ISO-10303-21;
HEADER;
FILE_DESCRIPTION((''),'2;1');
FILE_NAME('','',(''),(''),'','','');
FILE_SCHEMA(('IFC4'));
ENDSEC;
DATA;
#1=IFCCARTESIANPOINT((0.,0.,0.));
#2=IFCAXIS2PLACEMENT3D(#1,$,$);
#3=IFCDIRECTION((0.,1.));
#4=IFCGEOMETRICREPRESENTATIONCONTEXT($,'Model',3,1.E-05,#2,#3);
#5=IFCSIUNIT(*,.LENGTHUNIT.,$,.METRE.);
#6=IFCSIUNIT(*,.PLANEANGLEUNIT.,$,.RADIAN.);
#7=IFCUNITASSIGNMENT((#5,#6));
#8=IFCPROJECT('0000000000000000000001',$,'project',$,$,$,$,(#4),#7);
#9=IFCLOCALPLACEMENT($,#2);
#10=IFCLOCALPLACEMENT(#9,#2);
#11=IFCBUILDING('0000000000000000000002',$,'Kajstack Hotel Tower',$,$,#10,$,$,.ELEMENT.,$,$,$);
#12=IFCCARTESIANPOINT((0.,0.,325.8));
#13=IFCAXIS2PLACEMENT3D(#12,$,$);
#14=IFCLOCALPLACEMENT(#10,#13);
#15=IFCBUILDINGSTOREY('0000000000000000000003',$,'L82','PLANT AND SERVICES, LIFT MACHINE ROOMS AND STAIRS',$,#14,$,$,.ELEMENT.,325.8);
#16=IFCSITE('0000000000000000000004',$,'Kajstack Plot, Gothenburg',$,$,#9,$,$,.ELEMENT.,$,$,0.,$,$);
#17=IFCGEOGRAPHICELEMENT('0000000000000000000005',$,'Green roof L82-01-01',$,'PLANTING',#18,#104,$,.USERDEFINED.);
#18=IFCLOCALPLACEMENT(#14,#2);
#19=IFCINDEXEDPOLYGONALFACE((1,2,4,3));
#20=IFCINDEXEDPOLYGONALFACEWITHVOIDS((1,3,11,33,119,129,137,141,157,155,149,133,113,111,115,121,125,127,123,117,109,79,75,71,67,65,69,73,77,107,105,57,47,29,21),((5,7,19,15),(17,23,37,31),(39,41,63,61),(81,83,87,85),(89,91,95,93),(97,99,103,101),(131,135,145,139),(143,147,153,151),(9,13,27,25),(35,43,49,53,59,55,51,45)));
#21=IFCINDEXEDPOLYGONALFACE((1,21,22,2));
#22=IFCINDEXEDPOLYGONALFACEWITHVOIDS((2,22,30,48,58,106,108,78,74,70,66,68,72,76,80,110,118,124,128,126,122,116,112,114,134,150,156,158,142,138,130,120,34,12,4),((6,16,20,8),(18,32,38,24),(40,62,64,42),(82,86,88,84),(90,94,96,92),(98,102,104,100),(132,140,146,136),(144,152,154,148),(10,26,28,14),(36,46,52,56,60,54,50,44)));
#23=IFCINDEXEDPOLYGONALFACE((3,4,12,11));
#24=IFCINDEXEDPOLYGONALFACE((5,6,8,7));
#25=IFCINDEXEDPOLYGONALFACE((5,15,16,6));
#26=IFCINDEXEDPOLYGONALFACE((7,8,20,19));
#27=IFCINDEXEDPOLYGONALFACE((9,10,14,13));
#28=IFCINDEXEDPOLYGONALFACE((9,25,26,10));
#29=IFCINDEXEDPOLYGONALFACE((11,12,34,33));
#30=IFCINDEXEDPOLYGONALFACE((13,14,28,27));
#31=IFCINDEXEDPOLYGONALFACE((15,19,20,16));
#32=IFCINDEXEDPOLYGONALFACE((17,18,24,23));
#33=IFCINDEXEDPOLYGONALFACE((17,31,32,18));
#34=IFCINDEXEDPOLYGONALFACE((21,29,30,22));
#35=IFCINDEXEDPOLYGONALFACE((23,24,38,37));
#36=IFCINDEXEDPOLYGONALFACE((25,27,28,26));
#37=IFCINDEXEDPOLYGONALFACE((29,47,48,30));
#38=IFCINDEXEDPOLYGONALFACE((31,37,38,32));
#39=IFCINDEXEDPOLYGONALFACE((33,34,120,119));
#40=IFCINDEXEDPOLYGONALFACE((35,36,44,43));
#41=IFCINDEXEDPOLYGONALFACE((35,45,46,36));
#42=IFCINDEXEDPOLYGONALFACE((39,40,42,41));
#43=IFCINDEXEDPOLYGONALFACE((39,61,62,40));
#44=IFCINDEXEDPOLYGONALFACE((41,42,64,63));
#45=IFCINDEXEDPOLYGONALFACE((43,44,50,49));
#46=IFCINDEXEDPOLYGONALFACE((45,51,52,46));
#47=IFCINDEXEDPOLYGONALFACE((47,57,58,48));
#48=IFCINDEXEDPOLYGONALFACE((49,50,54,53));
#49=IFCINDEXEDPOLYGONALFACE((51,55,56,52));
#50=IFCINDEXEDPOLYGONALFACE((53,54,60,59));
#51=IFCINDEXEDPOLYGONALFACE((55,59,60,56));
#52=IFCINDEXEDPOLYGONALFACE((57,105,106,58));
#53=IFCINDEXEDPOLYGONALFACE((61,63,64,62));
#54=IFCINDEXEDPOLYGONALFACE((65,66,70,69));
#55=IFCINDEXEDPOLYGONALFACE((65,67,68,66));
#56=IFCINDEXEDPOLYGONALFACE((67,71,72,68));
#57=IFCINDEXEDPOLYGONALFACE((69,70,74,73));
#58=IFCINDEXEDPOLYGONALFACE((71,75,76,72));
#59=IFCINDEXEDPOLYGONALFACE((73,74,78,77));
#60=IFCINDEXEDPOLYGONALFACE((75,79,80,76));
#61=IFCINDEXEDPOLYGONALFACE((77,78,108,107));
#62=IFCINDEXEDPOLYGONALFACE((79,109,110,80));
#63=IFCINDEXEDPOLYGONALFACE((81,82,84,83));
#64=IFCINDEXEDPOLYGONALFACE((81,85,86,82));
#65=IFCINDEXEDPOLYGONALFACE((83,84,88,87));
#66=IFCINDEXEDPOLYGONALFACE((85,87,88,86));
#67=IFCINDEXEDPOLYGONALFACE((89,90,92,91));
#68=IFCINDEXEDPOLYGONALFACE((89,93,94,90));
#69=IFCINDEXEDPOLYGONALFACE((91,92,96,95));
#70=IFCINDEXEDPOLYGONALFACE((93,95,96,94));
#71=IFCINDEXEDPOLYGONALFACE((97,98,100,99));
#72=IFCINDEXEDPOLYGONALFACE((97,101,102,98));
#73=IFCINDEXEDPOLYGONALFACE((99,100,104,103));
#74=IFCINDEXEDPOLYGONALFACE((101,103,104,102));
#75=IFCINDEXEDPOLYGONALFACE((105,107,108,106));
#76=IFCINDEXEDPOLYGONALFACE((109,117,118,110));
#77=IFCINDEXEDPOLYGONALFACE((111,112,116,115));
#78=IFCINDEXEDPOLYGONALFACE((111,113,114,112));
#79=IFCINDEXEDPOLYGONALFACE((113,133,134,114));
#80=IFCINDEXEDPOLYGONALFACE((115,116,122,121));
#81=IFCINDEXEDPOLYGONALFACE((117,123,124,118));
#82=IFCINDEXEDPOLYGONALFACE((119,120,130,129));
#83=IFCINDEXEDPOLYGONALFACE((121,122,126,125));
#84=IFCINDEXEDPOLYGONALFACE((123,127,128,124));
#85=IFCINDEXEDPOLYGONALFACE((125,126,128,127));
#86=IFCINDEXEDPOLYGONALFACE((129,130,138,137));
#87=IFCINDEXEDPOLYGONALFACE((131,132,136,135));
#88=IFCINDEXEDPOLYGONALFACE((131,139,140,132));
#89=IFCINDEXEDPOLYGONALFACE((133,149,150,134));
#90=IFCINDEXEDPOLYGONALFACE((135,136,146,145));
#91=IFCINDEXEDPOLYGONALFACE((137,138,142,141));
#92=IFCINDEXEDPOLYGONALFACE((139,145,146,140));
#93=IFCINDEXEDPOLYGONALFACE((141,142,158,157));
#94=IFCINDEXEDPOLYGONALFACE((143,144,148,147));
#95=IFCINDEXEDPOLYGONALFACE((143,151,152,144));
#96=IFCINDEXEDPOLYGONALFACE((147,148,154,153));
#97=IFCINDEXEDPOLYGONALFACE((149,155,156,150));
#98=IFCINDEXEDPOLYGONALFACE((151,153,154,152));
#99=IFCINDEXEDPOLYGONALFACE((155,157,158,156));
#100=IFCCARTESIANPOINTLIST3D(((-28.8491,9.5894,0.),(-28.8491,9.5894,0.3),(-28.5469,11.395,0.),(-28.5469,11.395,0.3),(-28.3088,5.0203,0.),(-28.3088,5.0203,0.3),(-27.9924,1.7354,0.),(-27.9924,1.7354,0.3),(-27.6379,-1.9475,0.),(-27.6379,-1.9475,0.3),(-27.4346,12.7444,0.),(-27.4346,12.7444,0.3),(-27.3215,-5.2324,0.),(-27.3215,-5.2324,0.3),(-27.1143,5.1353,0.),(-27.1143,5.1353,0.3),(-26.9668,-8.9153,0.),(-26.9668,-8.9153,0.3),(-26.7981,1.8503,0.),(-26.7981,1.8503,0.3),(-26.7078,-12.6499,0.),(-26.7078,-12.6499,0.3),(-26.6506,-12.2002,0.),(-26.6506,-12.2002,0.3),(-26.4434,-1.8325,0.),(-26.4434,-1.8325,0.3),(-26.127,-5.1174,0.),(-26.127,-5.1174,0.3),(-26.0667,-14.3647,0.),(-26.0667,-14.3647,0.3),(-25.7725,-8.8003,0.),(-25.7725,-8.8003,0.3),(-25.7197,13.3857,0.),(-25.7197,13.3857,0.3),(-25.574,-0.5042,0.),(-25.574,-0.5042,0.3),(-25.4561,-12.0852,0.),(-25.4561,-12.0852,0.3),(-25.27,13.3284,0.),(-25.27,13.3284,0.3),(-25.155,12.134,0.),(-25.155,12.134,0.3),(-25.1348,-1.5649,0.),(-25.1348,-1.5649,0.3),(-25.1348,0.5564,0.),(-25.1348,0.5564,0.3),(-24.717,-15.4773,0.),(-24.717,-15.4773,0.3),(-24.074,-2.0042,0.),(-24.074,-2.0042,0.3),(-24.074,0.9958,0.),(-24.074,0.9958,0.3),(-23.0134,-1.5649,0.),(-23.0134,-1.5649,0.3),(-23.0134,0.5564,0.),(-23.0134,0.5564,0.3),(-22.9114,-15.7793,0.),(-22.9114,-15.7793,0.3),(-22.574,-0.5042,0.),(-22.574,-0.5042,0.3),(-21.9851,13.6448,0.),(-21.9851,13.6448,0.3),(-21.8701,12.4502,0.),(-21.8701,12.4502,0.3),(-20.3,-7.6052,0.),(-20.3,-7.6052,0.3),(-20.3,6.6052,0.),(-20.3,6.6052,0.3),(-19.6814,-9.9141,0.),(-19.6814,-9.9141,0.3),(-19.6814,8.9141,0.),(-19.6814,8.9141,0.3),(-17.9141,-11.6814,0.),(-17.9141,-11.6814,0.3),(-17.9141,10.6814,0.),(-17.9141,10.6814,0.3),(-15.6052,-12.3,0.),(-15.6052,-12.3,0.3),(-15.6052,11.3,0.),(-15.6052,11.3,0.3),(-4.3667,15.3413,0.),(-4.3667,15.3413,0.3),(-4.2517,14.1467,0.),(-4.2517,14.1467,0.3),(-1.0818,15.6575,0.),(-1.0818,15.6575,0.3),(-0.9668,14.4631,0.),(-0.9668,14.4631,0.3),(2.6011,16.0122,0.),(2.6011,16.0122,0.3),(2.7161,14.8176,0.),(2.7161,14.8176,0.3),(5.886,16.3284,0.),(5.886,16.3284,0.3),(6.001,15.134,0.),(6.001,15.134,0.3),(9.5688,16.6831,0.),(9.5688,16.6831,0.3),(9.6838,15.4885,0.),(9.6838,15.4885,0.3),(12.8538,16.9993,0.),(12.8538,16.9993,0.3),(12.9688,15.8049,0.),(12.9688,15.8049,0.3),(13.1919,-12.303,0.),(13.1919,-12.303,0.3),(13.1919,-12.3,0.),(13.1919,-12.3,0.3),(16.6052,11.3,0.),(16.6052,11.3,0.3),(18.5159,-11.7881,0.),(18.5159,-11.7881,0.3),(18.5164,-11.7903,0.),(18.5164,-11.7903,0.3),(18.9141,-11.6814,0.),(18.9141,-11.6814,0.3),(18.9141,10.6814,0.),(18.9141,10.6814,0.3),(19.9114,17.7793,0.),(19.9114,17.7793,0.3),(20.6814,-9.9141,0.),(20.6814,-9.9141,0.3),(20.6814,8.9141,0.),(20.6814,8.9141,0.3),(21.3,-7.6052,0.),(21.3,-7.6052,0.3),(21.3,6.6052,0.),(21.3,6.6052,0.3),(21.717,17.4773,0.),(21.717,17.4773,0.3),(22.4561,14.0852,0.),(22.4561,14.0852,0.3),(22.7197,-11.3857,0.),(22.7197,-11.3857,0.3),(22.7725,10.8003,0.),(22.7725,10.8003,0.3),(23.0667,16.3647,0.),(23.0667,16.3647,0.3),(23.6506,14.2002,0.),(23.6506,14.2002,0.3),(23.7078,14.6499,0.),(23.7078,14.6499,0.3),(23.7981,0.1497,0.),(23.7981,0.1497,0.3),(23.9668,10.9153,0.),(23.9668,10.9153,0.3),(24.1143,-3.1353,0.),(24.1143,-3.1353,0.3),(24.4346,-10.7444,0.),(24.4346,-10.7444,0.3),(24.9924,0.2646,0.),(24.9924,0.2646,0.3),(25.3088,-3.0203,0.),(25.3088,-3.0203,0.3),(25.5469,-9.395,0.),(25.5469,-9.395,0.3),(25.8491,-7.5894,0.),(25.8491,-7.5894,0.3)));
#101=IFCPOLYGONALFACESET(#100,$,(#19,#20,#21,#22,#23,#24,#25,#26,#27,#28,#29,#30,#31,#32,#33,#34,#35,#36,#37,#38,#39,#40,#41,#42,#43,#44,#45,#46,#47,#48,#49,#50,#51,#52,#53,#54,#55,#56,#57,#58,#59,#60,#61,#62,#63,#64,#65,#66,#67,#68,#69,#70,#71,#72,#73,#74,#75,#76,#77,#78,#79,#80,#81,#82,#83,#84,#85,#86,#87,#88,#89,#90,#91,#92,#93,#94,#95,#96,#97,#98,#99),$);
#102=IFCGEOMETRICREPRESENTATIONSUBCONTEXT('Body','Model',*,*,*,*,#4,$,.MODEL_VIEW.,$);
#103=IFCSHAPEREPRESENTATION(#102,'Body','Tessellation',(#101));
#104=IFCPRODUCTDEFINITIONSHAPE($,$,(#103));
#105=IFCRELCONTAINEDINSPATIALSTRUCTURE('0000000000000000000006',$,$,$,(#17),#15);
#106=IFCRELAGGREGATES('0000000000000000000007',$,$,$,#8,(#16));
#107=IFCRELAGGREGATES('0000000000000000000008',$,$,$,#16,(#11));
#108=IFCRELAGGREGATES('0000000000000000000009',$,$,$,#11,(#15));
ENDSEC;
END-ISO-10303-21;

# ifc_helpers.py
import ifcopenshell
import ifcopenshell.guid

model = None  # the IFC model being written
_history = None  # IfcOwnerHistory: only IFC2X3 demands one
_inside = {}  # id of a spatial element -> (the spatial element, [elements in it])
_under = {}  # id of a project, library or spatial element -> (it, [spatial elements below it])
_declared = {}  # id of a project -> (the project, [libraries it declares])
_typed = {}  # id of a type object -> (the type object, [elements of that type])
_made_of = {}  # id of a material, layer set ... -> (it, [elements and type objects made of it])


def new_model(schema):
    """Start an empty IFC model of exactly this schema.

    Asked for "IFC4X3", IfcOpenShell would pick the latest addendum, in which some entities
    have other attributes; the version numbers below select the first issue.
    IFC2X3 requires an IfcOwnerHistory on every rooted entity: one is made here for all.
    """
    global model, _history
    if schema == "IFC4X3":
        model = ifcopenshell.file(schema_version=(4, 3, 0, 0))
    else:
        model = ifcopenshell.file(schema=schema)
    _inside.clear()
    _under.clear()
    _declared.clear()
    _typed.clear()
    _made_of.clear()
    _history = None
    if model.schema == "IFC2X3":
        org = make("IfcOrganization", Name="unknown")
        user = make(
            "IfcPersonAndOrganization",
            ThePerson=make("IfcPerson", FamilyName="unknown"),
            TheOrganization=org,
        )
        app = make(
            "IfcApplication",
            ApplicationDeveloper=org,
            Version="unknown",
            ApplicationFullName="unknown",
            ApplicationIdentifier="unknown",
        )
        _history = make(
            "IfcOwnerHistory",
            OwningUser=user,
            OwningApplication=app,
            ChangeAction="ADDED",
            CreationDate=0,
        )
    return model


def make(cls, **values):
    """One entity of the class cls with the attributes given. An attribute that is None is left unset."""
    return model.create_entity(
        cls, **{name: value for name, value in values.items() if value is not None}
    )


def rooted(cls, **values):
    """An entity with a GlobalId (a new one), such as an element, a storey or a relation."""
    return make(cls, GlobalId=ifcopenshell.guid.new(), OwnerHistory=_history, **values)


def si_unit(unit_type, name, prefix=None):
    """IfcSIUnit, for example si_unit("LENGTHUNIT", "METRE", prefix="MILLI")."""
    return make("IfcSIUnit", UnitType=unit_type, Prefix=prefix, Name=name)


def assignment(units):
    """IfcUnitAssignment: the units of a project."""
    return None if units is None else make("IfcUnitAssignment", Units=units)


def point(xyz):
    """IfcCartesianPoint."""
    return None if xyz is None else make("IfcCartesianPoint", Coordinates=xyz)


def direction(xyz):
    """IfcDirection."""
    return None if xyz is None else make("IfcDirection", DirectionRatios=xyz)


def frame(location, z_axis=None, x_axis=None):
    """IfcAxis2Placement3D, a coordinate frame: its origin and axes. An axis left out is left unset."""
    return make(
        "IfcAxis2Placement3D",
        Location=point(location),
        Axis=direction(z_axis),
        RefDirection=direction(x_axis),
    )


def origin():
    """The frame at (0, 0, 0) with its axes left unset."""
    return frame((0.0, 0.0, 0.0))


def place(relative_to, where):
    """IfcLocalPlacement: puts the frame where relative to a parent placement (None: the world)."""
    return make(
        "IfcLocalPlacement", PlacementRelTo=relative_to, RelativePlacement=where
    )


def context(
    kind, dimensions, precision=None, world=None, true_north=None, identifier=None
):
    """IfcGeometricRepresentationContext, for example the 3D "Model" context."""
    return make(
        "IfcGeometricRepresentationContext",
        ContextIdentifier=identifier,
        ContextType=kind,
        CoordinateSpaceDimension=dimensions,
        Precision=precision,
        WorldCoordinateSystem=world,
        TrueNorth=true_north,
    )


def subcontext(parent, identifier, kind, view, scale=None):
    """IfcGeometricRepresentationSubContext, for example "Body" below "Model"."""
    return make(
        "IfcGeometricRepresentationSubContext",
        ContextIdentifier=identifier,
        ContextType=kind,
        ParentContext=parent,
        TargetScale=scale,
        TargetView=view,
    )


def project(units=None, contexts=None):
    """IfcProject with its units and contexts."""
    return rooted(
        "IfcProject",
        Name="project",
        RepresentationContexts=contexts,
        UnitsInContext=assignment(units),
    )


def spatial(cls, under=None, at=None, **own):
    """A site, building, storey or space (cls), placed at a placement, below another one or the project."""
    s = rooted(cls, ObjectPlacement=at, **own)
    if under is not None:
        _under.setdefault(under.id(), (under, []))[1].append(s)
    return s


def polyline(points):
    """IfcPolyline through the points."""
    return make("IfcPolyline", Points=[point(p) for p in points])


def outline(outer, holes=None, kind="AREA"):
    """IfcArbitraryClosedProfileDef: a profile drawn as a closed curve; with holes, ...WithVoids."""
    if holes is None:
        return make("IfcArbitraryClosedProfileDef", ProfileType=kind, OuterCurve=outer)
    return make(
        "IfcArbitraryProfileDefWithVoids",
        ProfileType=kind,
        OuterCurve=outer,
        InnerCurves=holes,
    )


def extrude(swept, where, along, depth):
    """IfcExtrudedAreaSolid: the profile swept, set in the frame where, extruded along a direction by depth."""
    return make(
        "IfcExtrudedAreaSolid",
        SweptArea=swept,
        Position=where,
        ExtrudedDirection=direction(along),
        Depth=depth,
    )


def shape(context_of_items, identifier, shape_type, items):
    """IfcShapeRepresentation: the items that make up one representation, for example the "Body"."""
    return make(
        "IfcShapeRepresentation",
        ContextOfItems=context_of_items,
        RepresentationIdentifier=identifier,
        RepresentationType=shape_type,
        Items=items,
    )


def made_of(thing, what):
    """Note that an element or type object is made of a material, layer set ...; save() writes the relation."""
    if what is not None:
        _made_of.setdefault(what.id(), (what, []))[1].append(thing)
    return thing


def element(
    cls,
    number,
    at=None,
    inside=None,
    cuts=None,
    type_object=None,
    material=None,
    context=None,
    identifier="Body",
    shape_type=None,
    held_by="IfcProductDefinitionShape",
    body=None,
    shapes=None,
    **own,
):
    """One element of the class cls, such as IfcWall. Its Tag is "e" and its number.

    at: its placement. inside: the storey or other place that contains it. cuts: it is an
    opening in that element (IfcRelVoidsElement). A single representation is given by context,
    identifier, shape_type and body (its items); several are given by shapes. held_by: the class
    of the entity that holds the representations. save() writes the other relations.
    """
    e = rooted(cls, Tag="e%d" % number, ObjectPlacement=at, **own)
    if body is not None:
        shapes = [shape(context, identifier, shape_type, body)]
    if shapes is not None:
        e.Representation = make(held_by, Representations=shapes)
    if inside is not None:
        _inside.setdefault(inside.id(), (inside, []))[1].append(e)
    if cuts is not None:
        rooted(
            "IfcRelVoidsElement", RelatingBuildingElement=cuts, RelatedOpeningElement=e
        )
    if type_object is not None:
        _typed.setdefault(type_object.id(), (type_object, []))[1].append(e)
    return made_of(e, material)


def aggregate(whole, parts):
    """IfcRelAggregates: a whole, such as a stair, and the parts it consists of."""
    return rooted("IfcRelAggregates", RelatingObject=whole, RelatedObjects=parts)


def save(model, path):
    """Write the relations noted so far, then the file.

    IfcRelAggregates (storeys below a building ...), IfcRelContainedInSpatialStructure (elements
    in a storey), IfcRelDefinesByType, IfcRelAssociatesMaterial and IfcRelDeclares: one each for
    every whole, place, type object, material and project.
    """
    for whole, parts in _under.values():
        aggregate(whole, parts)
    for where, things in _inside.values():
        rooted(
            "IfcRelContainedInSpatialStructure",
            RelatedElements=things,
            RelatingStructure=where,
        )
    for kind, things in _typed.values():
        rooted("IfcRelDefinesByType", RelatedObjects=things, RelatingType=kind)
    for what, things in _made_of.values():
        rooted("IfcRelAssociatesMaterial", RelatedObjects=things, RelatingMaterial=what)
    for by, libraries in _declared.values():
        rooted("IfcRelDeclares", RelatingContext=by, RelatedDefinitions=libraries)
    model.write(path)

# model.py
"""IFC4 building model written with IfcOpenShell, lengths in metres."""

from ifc_helpers import new_model, si_unit, direction, frame, origin, place, context, subcontext, project, spatial, polyline, outline, extrude, element, save


model = new_model("IFC4")

# Units and contexts
model_context = context("Model", 3, precision=1e-05, world=origin(), true_north=direction((0.0, 1.0)))
body_context = subcontext(model_context, "Body", "Model", "MODEL_VIEW")
ifc_project = project(units=[si_unit("LENGTHUNIT", "METRE"), si_unit("PLANEANGLEUNIT", "RADIAN")], contexts=[model_context])

# Site, building, storey
site_placement = place(None, origin())
site = spatial("IfcSite", under=ifc_project, at=site_placement, Name="Kajstack Plot, Gothenburg", CompositionType="ELEMENT", RefElevation=0.0)
building_placement = place(site_placement, origin())
building = spatial("IfcBuilding", under=site, at=building_placement, Name="Kajstack Hotel Tower", CompositionType="ELEMENT")
storey_placement = place(building_placement, frame((0.0, 0.0, 325.8)))
storey = spatial("IfcBuildingStorey", under=building, at=storey_placement, Name="L82", Description="PLANT AND SERVICES, LIFT MACHINE ROOMS AND STAIRS", CompositionType="ELEMENT", Elevation=325.8)

# Geographic element
geographic_element_placement = place(storey_placement, origin())
element("IfcGeographicElement", 1, at=geographic_element_placement, inside=storey, Name="Green roof L82-01-01", ObjectType="PLANTING", PredefinedType="USERDEFINED", context=body_context, shape_type="SweptSolid", body=[
    extrude(outline(polyline([(22.7197, -11.3857), (24.4346, -10.7444), (25.5469, -9.395), (25.8491, -7.5894), (23.7078, 14.6499), (23.0667, 16.3647), (21.717, 17.4773), (19.9114, 17.7793), (-25.7197, 13.3857), (-27.4346, 12.7444), (-28.5469, 11.395), (-28.8491, 9.5894), (-26.7078, -12.6499), (-26.0667, -14.3647), (-24.717, -15.4773), (-22.9114, -15.7793), (13.1919, -12.303), (13.1919, -12.3), (-15.6052, -12.3), (-17.9141, -11.6814), (-19.6814, -9.9141), (-20.3, -7.6052), (-20.3, 6.6052), (-19.6814, 8.9141), (-17.9141, 10.6814), (-15.6052, 11.3), (16.6052, 11.3), (18.9141, 10.6814), (20.6814, 8.9141), (21.3, 6.6052), (21.3, -7.6052), (20.6814, -9.9141), (18.9141, -11.6814), (18.5159, -11.7881), (18.5164, -11.7903), (22.7197, -11.3857)]), holes=[polyline([(24.1143, -3.1353), (23.7981, 0.1497), (24.9924, 0.2646), (25.3088, -3.0203), (24.1143, -3.1353)]), polyline([(23.9668, 10.9153), (22.7725, 10.8003), (22.4561, 14.0852), (23.6506, 14.2002), (23.9668, 10.9153)]), polyline([(9.5688, 16.6831), (12.8538, 16.9993), (12.9688, 15.8049), (9.6838, 15.4885), (9.5688, 16.6831)]), polyline([(2.7161, 14.8176), (2.6011, 16.0122), (5.886, 16.3284), (6.001, 15.134), (2.7161, 14.8176)]), polyline([(-0.9668, 14.4631), (-4.2517, 14.1467), (-4.3667, 15.3413), (-1.0818, 15.6575), (-0.9668, 14.4631)]), polyline([(-21.9851, 13.6448), (-21.8701, 12.4502), (-25.155, 12.134), (-25.27, 13.3284), (-21.9851, 13.6448)]), polyline([(-23.0134, 0.5564), (-22.574, -0.5042), (-23.0134, -1.5649), (-24.074, -2.0042), (-25.1348, -1.5649), (-25.574, -0.5042), (-25.1348, 0.5564), (-24.074, 0.9958), (-23.0134, 0.5564)]), polyline([(-25.4561, -12.0852), (-26.6506, -12.2002), (-26.9668, -8.9153), (-25.7725, -8.8003), (-25.4561, -12.0852)]), polyline([(-27.3215, -5.2324), (-27.6379, -1.9475), (-26.4434, -1.8325), (-26.127, -5.1174), (-27.3215, -5.2324)]), polyline([(-28.3088, 5.0203), (-27.1143, 5.1353), (-26.7981, 1.8503), (-27.9924, 1.7354), (-28.3088, 5.0203)])]), origin(), (0.0, 0.0, 1.0), 0.3),
])

save(model, "model.ifc")
